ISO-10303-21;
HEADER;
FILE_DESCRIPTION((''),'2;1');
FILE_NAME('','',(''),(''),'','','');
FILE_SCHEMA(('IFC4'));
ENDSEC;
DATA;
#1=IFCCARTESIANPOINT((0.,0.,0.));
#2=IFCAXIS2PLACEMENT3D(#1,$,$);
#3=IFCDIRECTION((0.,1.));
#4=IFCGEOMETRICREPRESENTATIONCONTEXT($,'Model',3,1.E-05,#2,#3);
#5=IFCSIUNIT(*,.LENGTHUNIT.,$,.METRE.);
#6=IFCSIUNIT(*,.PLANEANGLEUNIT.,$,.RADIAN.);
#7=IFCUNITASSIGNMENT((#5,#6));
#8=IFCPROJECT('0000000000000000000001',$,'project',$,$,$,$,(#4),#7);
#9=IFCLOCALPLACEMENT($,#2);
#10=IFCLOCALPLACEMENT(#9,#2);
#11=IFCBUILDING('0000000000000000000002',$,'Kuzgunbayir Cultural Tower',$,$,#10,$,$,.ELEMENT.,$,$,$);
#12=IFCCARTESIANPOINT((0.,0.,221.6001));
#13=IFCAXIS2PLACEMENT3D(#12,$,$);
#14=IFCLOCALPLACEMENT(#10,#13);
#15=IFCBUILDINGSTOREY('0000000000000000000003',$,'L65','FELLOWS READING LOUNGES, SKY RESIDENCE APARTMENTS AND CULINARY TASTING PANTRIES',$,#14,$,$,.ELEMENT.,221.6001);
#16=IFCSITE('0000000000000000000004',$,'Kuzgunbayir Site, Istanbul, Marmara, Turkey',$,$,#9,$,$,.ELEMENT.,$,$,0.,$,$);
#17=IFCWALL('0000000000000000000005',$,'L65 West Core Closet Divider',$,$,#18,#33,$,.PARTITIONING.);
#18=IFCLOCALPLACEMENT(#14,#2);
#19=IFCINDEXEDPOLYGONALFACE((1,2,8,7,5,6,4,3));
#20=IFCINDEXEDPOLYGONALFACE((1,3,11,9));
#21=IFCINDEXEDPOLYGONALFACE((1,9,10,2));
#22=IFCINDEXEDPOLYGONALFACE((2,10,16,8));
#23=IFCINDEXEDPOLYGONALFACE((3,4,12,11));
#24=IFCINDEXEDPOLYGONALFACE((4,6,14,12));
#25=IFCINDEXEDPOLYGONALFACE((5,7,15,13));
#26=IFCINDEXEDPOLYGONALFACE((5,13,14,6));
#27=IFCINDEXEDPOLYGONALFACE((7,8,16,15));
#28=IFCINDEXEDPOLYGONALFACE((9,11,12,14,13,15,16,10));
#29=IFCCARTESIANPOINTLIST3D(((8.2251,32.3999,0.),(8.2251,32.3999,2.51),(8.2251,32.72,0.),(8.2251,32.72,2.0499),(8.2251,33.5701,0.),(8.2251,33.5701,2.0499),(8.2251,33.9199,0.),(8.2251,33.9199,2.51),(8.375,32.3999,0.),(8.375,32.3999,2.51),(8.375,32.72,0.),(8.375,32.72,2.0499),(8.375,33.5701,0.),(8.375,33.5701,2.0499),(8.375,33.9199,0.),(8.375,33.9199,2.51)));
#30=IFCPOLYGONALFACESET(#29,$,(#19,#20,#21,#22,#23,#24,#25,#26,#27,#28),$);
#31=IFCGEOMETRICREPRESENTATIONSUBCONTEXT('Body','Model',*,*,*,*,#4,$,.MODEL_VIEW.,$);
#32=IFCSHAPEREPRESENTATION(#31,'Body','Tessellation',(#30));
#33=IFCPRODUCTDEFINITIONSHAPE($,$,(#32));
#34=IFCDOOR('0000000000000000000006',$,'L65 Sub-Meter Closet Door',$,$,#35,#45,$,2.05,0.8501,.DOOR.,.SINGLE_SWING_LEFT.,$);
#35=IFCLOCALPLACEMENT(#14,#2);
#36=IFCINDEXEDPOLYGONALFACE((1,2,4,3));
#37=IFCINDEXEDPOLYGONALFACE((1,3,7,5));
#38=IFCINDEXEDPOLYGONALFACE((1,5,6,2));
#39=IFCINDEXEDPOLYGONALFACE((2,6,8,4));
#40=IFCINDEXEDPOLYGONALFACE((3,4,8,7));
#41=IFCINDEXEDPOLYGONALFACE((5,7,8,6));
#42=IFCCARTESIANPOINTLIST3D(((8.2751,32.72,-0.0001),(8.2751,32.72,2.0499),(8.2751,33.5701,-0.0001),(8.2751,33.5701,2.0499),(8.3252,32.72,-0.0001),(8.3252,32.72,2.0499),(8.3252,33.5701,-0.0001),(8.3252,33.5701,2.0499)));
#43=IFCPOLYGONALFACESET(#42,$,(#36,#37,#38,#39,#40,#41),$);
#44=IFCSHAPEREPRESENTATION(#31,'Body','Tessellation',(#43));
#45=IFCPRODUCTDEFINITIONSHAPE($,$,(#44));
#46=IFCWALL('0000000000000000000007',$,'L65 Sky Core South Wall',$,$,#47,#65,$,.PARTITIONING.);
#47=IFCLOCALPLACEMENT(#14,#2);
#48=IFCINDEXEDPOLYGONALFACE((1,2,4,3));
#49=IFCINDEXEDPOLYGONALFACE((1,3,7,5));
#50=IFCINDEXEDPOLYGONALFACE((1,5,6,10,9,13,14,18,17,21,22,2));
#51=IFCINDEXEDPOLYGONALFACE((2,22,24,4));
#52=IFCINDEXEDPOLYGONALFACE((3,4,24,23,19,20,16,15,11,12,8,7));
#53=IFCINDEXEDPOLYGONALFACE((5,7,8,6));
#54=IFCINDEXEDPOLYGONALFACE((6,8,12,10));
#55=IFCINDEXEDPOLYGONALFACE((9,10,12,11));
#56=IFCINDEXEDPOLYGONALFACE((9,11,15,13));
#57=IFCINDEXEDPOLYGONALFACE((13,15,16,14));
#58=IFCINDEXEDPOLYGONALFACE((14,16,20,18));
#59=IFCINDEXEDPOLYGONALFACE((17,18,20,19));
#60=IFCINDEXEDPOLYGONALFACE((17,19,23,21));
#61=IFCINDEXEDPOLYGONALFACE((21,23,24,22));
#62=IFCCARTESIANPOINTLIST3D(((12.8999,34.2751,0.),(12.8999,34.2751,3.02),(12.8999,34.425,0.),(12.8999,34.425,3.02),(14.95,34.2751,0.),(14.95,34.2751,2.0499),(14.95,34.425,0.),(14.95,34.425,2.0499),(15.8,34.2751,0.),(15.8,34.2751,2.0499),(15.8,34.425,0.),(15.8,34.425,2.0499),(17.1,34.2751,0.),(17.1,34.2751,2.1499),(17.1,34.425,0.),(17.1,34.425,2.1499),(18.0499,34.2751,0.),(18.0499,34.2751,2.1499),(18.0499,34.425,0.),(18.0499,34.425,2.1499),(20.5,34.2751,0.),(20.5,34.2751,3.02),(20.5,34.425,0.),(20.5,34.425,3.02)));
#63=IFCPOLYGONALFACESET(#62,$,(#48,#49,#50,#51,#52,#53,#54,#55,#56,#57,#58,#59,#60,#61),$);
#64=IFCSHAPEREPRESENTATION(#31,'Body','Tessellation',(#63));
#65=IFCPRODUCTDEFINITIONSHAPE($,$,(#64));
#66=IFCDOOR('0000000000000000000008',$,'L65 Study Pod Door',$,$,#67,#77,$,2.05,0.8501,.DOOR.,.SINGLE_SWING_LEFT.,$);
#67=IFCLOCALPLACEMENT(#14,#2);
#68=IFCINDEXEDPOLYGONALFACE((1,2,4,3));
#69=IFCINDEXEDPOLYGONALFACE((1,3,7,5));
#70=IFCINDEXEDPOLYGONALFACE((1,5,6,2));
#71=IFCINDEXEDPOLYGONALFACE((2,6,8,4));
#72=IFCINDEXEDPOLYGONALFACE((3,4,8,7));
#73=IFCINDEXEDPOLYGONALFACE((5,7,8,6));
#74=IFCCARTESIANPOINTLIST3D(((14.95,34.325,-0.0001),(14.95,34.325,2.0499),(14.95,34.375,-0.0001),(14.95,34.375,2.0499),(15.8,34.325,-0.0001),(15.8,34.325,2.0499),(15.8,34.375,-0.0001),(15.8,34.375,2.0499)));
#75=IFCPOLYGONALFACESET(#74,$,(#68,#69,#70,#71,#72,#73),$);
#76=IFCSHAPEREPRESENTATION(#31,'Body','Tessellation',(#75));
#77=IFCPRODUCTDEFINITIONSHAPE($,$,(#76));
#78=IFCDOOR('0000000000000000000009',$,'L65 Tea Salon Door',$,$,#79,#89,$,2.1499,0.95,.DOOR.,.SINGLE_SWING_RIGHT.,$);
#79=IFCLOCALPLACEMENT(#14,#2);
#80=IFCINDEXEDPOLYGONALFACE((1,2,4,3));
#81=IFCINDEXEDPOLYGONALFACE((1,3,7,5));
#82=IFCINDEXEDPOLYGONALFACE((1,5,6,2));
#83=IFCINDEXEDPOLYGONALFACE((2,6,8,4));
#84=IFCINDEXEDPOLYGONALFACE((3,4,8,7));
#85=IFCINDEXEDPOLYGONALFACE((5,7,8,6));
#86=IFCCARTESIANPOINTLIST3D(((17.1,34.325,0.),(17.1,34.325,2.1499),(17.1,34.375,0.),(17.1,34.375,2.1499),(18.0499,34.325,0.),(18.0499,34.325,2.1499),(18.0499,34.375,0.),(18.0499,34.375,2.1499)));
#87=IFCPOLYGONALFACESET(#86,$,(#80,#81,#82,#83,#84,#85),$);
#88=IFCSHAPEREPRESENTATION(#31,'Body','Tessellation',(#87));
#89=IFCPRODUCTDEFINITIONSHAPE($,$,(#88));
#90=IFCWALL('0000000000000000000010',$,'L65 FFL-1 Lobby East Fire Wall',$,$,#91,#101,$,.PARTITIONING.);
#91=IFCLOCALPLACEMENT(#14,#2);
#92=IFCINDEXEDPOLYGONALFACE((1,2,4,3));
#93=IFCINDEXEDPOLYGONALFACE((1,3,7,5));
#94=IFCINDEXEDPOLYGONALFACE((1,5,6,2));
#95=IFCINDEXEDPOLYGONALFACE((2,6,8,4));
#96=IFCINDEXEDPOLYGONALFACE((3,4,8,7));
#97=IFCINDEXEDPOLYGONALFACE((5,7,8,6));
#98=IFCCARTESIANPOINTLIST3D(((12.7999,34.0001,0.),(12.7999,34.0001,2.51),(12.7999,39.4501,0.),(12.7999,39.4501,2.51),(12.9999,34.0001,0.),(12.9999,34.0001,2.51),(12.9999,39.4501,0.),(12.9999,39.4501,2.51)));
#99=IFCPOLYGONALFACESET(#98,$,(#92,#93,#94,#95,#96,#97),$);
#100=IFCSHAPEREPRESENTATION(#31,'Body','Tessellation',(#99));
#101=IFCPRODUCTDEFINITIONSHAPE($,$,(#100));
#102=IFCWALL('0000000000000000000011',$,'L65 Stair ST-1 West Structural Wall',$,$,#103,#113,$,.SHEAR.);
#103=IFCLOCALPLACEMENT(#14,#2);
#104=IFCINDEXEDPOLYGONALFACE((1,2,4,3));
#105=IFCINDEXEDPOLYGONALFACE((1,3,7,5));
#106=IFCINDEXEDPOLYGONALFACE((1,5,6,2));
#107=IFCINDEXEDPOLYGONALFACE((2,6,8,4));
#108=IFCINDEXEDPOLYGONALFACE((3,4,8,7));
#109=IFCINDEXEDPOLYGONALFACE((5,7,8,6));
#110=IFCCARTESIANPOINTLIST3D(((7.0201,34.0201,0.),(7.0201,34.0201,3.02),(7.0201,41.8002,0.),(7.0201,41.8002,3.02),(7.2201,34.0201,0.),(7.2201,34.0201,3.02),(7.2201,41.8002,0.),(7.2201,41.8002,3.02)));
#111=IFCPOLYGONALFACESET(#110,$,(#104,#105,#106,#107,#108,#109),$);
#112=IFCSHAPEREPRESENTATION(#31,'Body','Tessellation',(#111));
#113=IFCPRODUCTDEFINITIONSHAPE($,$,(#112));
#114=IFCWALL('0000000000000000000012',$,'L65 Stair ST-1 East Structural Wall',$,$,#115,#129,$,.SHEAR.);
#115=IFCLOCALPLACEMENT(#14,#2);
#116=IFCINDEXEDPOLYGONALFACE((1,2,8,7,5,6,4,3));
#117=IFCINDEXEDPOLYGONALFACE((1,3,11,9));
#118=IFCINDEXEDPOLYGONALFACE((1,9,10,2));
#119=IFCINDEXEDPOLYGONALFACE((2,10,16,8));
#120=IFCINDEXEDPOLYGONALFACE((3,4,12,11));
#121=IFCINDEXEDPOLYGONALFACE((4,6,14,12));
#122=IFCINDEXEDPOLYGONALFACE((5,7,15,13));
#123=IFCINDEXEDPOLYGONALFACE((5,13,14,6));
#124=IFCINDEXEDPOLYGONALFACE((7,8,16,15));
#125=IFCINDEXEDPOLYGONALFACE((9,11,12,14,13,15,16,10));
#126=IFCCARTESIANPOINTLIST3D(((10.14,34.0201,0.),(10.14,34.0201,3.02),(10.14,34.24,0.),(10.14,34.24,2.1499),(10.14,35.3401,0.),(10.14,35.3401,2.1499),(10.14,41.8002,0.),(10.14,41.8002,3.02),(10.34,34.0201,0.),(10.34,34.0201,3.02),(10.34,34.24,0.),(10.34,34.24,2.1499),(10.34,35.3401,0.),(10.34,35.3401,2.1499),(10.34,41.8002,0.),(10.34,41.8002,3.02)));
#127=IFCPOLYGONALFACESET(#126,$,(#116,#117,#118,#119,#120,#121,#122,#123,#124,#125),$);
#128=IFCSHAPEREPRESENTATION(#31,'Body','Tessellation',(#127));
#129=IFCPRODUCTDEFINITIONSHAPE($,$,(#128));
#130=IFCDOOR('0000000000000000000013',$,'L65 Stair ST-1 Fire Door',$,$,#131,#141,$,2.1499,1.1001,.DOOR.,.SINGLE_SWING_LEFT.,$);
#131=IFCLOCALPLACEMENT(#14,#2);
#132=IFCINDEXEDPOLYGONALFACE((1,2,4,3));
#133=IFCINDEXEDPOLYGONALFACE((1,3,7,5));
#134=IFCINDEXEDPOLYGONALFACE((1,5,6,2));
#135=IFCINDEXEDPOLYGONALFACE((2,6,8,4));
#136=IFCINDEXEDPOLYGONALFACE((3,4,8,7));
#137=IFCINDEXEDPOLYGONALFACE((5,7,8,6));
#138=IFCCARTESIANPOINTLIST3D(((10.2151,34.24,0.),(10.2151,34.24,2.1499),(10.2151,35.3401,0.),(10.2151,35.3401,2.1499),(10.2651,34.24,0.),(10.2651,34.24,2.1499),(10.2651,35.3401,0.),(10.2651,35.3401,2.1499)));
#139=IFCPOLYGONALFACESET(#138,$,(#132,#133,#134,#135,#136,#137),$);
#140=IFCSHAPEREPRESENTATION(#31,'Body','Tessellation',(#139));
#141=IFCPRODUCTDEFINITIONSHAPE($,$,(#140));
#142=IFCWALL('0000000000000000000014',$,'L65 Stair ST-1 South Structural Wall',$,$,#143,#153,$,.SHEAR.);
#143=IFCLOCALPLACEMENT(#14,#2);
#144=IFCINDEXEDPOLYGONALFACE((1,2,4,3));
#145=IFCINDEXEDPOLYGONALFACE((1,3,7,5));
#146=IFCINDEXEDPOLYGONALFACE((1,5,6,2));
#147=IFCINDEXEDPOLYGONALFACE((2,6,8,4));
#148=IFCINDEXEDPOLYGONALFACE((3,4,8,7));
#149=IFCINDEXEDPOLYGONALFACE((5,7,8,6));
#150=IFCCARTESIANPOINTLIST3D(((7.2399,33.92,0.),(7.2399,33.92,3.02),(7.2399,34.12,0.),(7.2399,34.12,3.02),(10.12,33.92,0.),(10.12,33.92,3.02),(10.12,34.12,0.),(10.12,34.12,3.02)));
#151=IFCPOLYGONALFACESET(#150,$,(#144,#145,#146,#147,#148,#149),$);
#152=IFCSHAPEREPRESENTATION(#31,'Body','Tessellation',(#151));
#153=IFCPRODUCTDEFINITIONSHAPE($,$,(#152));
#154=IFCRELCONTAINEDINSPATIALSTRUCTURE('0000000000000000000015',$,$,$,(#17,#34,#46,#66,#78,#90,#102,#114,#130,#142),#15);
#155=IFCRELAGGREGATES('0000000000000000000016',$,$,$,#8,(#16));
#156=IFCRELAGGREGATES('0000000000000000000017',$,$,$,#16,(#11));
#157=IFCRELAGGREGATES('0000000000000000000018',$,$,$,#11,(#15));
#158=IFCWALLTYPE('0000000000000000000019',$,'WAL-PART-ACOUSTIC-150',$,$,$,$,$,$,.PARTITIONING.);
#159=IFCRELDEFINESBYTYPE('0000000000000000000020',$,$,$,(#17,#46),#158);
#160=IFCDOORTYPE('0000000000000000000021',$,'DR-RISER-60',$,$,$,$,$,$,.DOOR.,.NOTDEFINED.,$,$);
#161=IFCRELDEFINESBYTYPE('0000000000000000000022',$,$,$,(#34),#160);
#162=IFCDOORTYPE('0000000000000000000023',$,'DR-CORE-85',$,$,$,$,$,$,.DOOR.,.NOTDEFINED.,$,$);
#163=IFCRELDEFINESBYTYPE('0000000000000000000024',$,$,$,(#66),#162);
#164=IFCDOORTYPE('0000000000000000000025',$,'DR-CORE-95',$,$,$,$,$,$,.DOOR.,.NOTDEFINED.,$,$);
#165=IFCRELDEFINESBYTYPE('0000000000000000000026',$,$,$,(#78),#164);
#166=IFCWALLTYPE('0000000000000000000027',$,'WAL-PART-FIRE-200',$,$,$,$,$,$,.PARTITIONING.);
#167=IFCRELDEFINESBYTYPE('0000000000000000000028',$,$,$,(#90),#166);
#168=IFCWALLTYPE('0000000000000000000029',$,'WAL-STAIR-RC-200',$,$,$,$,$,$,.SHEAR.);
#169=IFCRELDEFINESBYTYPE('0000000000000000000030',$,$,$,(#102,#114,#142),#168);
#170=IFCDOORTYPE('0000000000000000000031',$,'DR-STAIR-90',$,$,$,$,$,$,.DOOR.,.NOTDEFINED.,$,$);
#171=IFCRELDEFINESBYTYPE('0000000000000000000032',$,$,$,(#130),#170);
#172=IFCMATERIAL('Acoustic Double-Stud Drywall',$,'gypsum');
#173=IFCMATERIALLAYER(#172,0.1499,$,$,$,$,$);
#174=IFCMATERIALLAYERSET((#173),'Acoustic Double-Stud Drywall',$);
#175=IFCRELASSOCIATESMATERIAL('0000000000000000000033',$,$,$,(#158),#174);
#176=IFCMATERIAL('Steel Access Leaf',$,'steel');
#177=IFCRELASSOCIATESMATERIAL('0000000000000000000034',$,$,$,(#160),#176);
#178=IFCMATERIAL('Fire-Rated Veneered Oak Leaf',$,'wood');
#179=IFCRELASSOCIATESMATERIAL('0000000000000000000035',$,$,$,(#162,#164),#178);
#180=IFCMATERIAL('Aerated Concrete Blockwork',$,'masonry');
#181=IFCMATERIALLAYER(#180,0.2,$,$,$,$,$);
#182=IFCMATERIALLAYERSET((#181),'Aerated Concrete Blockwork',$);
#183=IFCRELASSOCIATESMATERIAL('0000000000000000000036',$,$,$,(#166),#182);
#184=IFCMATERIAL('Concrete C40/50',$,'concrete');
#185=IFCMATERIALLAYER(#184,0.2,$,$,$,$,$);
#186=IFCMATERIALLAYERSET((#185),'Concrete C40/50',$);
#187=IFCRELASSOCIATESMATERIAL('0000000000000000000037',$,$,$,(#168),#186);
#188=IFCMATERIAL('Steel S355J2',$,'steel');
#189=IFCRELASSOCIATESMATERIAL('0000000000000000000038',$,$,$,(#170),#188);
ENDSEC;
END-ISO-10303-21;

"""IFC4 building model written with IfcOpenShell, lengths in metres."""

from ifc_helpers import new_model, si_unit, direction, frame, frame_2d, origin, place, context, subcontext, project, spatial, rectangle, extrude, material, layer, layer_set, type_object, element, fill, save


model = new_model("IFC4")

# Units and contexts
model_context = context("Model", 3, precision=1e-05, world=origin(), true_north=direction((0.0, 1.0)))
body_context = subcontext(model_context, "Body", "Model", "MODEL_VIEW")
ifc_project = project(units=[si_unit("LENGTHUNIT", "METRE"), si_unit("PLANEANGLEUNIT", "RADIAN")], contexts=[model_context])

# Site, building, storey
site_placement = place(None, origin())
site = spatial("IfcSite", under=ifc_project, at=site_placement, Name="Kuzgunbayir Site, Istanbul, Marmara, Turkey", CompositionType="ELEMENT", RefElevation=0.0)
building_placement = place(site_placement, origin())
building = spatial("IfcBuilding", under=site, at=building_placement, Name="Kuzgunbayir Cultural Tower", CompositionType="ELEMENT")
storey_placement = place(building_placement, frame((0.0, 0.0, 221.6001)))
storey = spatial("IfcBuildingStorey", under=building, at=storey_placement, Name="L65", Description="FELLOWS READING LOUNGES, SKY RESIDENCE APARTMENTS AND CULINARY TASTING PANTRIES", CompositionType="ELEMENT", Elevation=221.6001)

# Shared definitions
ifc_material_1 = material(Name="Steel S355J2", Category="steel")

# Wall, opening, door
ifc_material_2 = material(Name="Acoustic Double-Stud Drywall", Category="gypsum")
ifc_layer_1 = layer(ifc_material_2, 0.1499)
ifc_layer_set_1 = layer_set([ifc_layer_1], Name="Acoustic Double-Stud Drywall")
wall_type_1 = type_object("IfcWallType", Name="WAL-PART-ACOUSTIC-150", PredefinedType="PARTITIONING", material=ifc_layer_set_1)
wall_1_placement = place(storey_placement, frame((8.3, 32.3999, 0.0), z_axis=(0.0, 0.0, 1.0), x_axis=(0.0, 1.0, 0.0)))
wall_1 = element("IfcWall", 1, at=wall_1_placement, inside=storey, type_object=wall_type_1, Name="L65 West Core Closet Divider", PredefinedType="PARTITIONING", context=body_context, shape_type="SweptSolid", body=[
    extrude(rectangle(XDim=1.52, YDim=0.1499, at=frame_2d((0.76, 0.0))), origin(), (0.0, 0.0, 1.0), 2.51),
])
opening_1_placement = place(wall_1_placement, frame((0.3201, 0.0, 0.0)))
opening_1 = element("IfcOpeningElement", 2, at=opening_1_placement, cuts=wall_1, PredefinedType="OPENING", context=body_context, shape_type="SweptSolid", body=[
    extrude(rectangle(XDim=0.8501, YDim=2.05, at=frame_2d((0.425, 1.0249))), frame((0.0, 0.085, 0.0), z_axis=(0.0, -1.0, 0.0), x_axis=(1.0, 0.0, 0.0)), (0.0, 0.0, 1.0), 0.1699),
])
ifc_material_3 = material(Name="Steel Access Leaf", Category="steel")
door_type_1 = type_object("IfcDoorType", Name="DR-RISER-60", OperationType="NOTDEFINED", PredefinedType="DOOR", material=ifc_material_3)
door_1_placement = place(opening_1_placement, origin())
door_1 = element("IfcDoor", 3, at=door_1_placement, inside=storey, type_object=door_type_1, Name="L65 Sub-Meter Closet Door", OperationType="SINGLE_SWING_LEFT", OverallHeight=2.05, OverallWidth=0.8501, PredefinedType="DOOR", context=body_context, shape_type="SweptSolid", body=[
    extrude(rectangle(XDim=0.8501, YDim=2.05, at=frame_2d((0.425, 1.0249))), frame((0.0, 0.0249, 0.0), z_axis=(0.0, -1.0, 0.0), x_axis=(1.0, 0.0, 0.0)), (0.0, 0.0, 1.0), 0.05),
])
fill(opening_1, door_1)

# Wall, openings, doors
wall_2_placement = place(storey_placement, frame((12.8999, 34.3501, 0.0), z_axis=(0.0, 0.0, 1.0), x_axis=(1.0, 0.0, 0.0)))
wall_2 = element("IfcWall", 4, at=wall_2_placement, inside=storey, type_object=wall_type_1, Name="L65 Sky Core South Wall", PredefinedType="PARTITIONING", context=body_context, shape_type="SweptSolid", body=[
    extrude(rectangle(XDim=7.6001, YDim=0.1499, at=frame_2d((3.8, 0.0))), origin(), (0.0, 0.0, 1.0), 3.02),
])
opening_2_placement = place(wall_2_placement, frame((2.05, 0.0, 0.0)))
opening_2 = element("IfcOpeningElement", 5, at=opening_2_placement, cuts=wall_2, PredefinedType="OPENING", context=body_context, shape_type="SweptSolid", body=[
    extrude(rectangle(XDim=0.8501, YDim=2.05, at=frame_2d((0.425, 1.0249))), frame((0.0, 0.085, 0.0), z_axis=(0.0, -1.0, 0.0), x_axis=(1.0, 0.0, 0.0)), (0.0, 0.0, 1.0), 0.1699),
])
opening_3_placement = place(wall_2_placement, frame((4.2, 0.0, 0.0)))
opening_3 = element("IfcOpeningElement", 6, at=opening_3_placement, cuts=wall_2, PredefinedType="OPENING", context=body_context, shape_type="SweptSolid", body=[
    extrude(rectangle(XDim=0.95, YDim=2.1499, at=frame_2d((0.4751, 1.075))), frame((0.0, 0.085, 0.0), z_axis=(0.0, -1.0, 0.0), x_axis=(1.0, 0.0, 0.0)), (0.0, 0.0, 1.0), 0.1699),
])
ifc_material_4 = material(Name="Fire-Rated Veneered Oak Leaf", Category="wood")
door_type_2 = type_object("IfcDoorType", Name="DR-CORE-85", OperationType="NOTDEFINED", PredefinedType="DOOR", material=ifc_material_4)
door_2_placement = place(opening_2_placement, origin())
door_2 = element("IfcDoor", 7, at=door_2_placement, inside=storey, type_object=door_type_2, Name="L65 Study Pod Door", OperationType="SINGLE_SWING_LEFT", OverallHeight=2.05, OverallWidth=0.8501, PredefinedType="DOOR", context=body_context, shape_type="SweptSolid", body=[
    extrude(rectangle(XDim=0.8501, YDim=2.05, at=frame_2d((0.425, 1.0249))), frame((0.0, 0.0249, 0.0), z_axis=(0.0, -1.0, 0.0), x_axis=(1.0, 0.0, 0.0)), (0.0, 0.0, 1.0), 0.05),
])
fill(opening_2, door_2)
door_type_3 = type_object("IfcDoorType", Name="DR-CORE-95", OperationType="NOTDEFINED", PredefinedType="DOOR", material=ifc_material_4)
door_3_placement = place(opening_3_placement, origin())
door_3 = element("IfcDoor", 8, at=door_3_placement, inside=storey, type_object=door_type_3, Name="L65 Tea Salon Door", OperationType="SINGLE_SWING_RIGHT", OverallHeight=2.1499, OverallWidth=0.95, PredefinedType="DOOR", context=body_context, shape_type="SweptSolid", body=[
    extrude(rectangle(XDim=0.95, YDim=2.1499, at=frame_2d((0.4751, 1.075))), frame((0.0, 0.0249, 0.0), z_axis=(0.0, -1.0, 0.0), x_axis=(1.0, 0.0, 0.0)), (0.0, 0.0, 1.0), 0.05),
])
fill(opening_3, door_3)

# Wall
ifc_material_5 = material(Name="Aerated Concrete Blockwork", Category="masonry")
ifc_layer_2 = layer(ifc_material_5, 0.2)
ifc_layer_set_2 = layer_set([ifc_layer_2], Name="Aerated Concrete Blockwork")
wall_type_2 = type_object("IfcWallType", Name="WAL-PART-FIRE-200", PredefinedType="PARTITIONING", material=ifc_layer_set_2)
wall_3_placement = place(storey_placement, frame((12.8999, 34.0, 0.0), z_axis=(0.0, 0.0, 1.0), x_axis=(0.0, 1.0, 0.0)))
element("IfcWall", 9, at=wall_3_placement, inside=storey, type_object=wall_type_2, Name="L65 FFL-1 Lobby East Fire Wall", PredefinedType="PARTITIONING", context=body_context, shape_type="SweptSolid", body=[
    extrude(rectangle(XDim=5.45, YDim=0.2, at=frame_2d((2.7251, 0.0))), origin(), (0.0, 0.0, 1.0), 2.51),
])

# Wall
ifc_material_6 = material(Name="Concrete C40/50", Category="concrete")
ifc_layer_3 = layer(ifc_material_6, 0.2)
ifc_layer_set_3 = layer_set([ifc_layer_3], Name="Concrete C40/50")
wall_type_3 = type_object("IfcWallType", Name="WAL-STAIR-RC-200", PredefinedType="SHEAR", material=ifc_layer_set_3)
wall_4_placement = place(storey_placement, frame((7.1201, 34.02, 0.0), z_axis=(0.0, 0.0, 1.0), x_axis=(0.0, 1.0, 0.0)))
element("IfcWall", 10, at=wall_4_placement, inside=storey, type_object=wall_type_3, Name="L65 Stair ST-1 West Structural Wall", PredefinedType="SHEAR", context=body_context, shape_type="SweptSolid", body=[
    extrude(rectangle(XDim=7.78, YDim=0.2, at=frame_2d((3.8901, 0.0))), origin(), (0.0, 0.0, 1.0), 3.02),
])

# Wall, opening, door
wall_5_placement = place(storey_placement, frame((10.24, 34.02, 0.0), z_axis=(0.0, 0.0, 1.0), x_axis=(0.0, 1.0, 0.0)))
wall_5 = element("IfcWall", 11, at=wall_5_placement, inside=storey, type_object=wall_type_3, Name="L65 Stair ST-1 East Structural Wall", PredefinedType="SHEAR", context=body_context, shape_type="SweptSolid", body=[
    extrude(rectangle(XDim=7.78, YDim=0.2, at=frame_2d((3.8901, 0.0))), origin(), (0.0, 0.0, 1.0), 3.02),
])
opening_4_placement = place(wall_5_placement, frame((0.22, 0.0, 0.0)))
opening_4 = element("IfcOpeningElement", 12, at=opening_4_placement, cuts=wall_5, PredefinedType="OPENING", context=body_context, shape_type="SweptSolid", body=[
    extrude(rectangle(XDim=1.1001, YDim=2.1499, at=frame_2d((0.55, 1.075))), frame((0.0, 0.1099, 0.0), z_axis=(0.0, -1.0, 0.0), x_axis=(1.0, 0.0, 0.0)), (0.0, 0.0, 1.0), 0.22),
])
door_type_4 = type_object("IfcDoorType", Name="DR-STAIR-90", OperationType="NOTDEFINED", PredefinedType="DOOR", material=ifc_material_1)
door_4_placement = place(opening_4_placement, origin())
door_4 = element("IfcDoor", 13, at=door_4_placement, inside=storey, type_object=door_type_4, Name="L65 Stair ST-1 Fire Door", OperationType="SINGLE_SWING_LEFT", OverallHeight=2.1499, OverallWidth=1.1001, PredefinedType="DOOR", context=body_context, shape_type="SweptSolid", body=[
    extrude(rectangle(XDim=1.1001, YDim=2.1499, at=frame_2d((0.55, 1.075))), frame((0.0, 0.0249, 0.0), z_axis=(0.0, -1.0, 0.0), x_axis=(1.0, 0.0, 0.0)), (0.0, 0.0, 1.0), 0.05),
])
fill(opening_4, door_4)

# Wall
wall_6_placement = place(storey_placement, frame((7.24, 34.02, 0.0), z_axis=(0.0, 0.0, 1.0), x_axis=(1.0, 0.0, 0.0)))
element("IfcWall", 14, at=wall_6_placement, inside=storey, type_object=wall_type_3, Name="L65 Stair ST-1 South Structural Wall", PredefinedType="SHEAR", context=body_context, shape_type="SweptSolid", body=[
    extrude(rectangle(XDim=2.8801, YDim=0.2, at=frame_2d((1.4399, 0.0))), origin(), (0.0, 0.0, 1.0), 3.02),
])

save(model, "model.ifc")
